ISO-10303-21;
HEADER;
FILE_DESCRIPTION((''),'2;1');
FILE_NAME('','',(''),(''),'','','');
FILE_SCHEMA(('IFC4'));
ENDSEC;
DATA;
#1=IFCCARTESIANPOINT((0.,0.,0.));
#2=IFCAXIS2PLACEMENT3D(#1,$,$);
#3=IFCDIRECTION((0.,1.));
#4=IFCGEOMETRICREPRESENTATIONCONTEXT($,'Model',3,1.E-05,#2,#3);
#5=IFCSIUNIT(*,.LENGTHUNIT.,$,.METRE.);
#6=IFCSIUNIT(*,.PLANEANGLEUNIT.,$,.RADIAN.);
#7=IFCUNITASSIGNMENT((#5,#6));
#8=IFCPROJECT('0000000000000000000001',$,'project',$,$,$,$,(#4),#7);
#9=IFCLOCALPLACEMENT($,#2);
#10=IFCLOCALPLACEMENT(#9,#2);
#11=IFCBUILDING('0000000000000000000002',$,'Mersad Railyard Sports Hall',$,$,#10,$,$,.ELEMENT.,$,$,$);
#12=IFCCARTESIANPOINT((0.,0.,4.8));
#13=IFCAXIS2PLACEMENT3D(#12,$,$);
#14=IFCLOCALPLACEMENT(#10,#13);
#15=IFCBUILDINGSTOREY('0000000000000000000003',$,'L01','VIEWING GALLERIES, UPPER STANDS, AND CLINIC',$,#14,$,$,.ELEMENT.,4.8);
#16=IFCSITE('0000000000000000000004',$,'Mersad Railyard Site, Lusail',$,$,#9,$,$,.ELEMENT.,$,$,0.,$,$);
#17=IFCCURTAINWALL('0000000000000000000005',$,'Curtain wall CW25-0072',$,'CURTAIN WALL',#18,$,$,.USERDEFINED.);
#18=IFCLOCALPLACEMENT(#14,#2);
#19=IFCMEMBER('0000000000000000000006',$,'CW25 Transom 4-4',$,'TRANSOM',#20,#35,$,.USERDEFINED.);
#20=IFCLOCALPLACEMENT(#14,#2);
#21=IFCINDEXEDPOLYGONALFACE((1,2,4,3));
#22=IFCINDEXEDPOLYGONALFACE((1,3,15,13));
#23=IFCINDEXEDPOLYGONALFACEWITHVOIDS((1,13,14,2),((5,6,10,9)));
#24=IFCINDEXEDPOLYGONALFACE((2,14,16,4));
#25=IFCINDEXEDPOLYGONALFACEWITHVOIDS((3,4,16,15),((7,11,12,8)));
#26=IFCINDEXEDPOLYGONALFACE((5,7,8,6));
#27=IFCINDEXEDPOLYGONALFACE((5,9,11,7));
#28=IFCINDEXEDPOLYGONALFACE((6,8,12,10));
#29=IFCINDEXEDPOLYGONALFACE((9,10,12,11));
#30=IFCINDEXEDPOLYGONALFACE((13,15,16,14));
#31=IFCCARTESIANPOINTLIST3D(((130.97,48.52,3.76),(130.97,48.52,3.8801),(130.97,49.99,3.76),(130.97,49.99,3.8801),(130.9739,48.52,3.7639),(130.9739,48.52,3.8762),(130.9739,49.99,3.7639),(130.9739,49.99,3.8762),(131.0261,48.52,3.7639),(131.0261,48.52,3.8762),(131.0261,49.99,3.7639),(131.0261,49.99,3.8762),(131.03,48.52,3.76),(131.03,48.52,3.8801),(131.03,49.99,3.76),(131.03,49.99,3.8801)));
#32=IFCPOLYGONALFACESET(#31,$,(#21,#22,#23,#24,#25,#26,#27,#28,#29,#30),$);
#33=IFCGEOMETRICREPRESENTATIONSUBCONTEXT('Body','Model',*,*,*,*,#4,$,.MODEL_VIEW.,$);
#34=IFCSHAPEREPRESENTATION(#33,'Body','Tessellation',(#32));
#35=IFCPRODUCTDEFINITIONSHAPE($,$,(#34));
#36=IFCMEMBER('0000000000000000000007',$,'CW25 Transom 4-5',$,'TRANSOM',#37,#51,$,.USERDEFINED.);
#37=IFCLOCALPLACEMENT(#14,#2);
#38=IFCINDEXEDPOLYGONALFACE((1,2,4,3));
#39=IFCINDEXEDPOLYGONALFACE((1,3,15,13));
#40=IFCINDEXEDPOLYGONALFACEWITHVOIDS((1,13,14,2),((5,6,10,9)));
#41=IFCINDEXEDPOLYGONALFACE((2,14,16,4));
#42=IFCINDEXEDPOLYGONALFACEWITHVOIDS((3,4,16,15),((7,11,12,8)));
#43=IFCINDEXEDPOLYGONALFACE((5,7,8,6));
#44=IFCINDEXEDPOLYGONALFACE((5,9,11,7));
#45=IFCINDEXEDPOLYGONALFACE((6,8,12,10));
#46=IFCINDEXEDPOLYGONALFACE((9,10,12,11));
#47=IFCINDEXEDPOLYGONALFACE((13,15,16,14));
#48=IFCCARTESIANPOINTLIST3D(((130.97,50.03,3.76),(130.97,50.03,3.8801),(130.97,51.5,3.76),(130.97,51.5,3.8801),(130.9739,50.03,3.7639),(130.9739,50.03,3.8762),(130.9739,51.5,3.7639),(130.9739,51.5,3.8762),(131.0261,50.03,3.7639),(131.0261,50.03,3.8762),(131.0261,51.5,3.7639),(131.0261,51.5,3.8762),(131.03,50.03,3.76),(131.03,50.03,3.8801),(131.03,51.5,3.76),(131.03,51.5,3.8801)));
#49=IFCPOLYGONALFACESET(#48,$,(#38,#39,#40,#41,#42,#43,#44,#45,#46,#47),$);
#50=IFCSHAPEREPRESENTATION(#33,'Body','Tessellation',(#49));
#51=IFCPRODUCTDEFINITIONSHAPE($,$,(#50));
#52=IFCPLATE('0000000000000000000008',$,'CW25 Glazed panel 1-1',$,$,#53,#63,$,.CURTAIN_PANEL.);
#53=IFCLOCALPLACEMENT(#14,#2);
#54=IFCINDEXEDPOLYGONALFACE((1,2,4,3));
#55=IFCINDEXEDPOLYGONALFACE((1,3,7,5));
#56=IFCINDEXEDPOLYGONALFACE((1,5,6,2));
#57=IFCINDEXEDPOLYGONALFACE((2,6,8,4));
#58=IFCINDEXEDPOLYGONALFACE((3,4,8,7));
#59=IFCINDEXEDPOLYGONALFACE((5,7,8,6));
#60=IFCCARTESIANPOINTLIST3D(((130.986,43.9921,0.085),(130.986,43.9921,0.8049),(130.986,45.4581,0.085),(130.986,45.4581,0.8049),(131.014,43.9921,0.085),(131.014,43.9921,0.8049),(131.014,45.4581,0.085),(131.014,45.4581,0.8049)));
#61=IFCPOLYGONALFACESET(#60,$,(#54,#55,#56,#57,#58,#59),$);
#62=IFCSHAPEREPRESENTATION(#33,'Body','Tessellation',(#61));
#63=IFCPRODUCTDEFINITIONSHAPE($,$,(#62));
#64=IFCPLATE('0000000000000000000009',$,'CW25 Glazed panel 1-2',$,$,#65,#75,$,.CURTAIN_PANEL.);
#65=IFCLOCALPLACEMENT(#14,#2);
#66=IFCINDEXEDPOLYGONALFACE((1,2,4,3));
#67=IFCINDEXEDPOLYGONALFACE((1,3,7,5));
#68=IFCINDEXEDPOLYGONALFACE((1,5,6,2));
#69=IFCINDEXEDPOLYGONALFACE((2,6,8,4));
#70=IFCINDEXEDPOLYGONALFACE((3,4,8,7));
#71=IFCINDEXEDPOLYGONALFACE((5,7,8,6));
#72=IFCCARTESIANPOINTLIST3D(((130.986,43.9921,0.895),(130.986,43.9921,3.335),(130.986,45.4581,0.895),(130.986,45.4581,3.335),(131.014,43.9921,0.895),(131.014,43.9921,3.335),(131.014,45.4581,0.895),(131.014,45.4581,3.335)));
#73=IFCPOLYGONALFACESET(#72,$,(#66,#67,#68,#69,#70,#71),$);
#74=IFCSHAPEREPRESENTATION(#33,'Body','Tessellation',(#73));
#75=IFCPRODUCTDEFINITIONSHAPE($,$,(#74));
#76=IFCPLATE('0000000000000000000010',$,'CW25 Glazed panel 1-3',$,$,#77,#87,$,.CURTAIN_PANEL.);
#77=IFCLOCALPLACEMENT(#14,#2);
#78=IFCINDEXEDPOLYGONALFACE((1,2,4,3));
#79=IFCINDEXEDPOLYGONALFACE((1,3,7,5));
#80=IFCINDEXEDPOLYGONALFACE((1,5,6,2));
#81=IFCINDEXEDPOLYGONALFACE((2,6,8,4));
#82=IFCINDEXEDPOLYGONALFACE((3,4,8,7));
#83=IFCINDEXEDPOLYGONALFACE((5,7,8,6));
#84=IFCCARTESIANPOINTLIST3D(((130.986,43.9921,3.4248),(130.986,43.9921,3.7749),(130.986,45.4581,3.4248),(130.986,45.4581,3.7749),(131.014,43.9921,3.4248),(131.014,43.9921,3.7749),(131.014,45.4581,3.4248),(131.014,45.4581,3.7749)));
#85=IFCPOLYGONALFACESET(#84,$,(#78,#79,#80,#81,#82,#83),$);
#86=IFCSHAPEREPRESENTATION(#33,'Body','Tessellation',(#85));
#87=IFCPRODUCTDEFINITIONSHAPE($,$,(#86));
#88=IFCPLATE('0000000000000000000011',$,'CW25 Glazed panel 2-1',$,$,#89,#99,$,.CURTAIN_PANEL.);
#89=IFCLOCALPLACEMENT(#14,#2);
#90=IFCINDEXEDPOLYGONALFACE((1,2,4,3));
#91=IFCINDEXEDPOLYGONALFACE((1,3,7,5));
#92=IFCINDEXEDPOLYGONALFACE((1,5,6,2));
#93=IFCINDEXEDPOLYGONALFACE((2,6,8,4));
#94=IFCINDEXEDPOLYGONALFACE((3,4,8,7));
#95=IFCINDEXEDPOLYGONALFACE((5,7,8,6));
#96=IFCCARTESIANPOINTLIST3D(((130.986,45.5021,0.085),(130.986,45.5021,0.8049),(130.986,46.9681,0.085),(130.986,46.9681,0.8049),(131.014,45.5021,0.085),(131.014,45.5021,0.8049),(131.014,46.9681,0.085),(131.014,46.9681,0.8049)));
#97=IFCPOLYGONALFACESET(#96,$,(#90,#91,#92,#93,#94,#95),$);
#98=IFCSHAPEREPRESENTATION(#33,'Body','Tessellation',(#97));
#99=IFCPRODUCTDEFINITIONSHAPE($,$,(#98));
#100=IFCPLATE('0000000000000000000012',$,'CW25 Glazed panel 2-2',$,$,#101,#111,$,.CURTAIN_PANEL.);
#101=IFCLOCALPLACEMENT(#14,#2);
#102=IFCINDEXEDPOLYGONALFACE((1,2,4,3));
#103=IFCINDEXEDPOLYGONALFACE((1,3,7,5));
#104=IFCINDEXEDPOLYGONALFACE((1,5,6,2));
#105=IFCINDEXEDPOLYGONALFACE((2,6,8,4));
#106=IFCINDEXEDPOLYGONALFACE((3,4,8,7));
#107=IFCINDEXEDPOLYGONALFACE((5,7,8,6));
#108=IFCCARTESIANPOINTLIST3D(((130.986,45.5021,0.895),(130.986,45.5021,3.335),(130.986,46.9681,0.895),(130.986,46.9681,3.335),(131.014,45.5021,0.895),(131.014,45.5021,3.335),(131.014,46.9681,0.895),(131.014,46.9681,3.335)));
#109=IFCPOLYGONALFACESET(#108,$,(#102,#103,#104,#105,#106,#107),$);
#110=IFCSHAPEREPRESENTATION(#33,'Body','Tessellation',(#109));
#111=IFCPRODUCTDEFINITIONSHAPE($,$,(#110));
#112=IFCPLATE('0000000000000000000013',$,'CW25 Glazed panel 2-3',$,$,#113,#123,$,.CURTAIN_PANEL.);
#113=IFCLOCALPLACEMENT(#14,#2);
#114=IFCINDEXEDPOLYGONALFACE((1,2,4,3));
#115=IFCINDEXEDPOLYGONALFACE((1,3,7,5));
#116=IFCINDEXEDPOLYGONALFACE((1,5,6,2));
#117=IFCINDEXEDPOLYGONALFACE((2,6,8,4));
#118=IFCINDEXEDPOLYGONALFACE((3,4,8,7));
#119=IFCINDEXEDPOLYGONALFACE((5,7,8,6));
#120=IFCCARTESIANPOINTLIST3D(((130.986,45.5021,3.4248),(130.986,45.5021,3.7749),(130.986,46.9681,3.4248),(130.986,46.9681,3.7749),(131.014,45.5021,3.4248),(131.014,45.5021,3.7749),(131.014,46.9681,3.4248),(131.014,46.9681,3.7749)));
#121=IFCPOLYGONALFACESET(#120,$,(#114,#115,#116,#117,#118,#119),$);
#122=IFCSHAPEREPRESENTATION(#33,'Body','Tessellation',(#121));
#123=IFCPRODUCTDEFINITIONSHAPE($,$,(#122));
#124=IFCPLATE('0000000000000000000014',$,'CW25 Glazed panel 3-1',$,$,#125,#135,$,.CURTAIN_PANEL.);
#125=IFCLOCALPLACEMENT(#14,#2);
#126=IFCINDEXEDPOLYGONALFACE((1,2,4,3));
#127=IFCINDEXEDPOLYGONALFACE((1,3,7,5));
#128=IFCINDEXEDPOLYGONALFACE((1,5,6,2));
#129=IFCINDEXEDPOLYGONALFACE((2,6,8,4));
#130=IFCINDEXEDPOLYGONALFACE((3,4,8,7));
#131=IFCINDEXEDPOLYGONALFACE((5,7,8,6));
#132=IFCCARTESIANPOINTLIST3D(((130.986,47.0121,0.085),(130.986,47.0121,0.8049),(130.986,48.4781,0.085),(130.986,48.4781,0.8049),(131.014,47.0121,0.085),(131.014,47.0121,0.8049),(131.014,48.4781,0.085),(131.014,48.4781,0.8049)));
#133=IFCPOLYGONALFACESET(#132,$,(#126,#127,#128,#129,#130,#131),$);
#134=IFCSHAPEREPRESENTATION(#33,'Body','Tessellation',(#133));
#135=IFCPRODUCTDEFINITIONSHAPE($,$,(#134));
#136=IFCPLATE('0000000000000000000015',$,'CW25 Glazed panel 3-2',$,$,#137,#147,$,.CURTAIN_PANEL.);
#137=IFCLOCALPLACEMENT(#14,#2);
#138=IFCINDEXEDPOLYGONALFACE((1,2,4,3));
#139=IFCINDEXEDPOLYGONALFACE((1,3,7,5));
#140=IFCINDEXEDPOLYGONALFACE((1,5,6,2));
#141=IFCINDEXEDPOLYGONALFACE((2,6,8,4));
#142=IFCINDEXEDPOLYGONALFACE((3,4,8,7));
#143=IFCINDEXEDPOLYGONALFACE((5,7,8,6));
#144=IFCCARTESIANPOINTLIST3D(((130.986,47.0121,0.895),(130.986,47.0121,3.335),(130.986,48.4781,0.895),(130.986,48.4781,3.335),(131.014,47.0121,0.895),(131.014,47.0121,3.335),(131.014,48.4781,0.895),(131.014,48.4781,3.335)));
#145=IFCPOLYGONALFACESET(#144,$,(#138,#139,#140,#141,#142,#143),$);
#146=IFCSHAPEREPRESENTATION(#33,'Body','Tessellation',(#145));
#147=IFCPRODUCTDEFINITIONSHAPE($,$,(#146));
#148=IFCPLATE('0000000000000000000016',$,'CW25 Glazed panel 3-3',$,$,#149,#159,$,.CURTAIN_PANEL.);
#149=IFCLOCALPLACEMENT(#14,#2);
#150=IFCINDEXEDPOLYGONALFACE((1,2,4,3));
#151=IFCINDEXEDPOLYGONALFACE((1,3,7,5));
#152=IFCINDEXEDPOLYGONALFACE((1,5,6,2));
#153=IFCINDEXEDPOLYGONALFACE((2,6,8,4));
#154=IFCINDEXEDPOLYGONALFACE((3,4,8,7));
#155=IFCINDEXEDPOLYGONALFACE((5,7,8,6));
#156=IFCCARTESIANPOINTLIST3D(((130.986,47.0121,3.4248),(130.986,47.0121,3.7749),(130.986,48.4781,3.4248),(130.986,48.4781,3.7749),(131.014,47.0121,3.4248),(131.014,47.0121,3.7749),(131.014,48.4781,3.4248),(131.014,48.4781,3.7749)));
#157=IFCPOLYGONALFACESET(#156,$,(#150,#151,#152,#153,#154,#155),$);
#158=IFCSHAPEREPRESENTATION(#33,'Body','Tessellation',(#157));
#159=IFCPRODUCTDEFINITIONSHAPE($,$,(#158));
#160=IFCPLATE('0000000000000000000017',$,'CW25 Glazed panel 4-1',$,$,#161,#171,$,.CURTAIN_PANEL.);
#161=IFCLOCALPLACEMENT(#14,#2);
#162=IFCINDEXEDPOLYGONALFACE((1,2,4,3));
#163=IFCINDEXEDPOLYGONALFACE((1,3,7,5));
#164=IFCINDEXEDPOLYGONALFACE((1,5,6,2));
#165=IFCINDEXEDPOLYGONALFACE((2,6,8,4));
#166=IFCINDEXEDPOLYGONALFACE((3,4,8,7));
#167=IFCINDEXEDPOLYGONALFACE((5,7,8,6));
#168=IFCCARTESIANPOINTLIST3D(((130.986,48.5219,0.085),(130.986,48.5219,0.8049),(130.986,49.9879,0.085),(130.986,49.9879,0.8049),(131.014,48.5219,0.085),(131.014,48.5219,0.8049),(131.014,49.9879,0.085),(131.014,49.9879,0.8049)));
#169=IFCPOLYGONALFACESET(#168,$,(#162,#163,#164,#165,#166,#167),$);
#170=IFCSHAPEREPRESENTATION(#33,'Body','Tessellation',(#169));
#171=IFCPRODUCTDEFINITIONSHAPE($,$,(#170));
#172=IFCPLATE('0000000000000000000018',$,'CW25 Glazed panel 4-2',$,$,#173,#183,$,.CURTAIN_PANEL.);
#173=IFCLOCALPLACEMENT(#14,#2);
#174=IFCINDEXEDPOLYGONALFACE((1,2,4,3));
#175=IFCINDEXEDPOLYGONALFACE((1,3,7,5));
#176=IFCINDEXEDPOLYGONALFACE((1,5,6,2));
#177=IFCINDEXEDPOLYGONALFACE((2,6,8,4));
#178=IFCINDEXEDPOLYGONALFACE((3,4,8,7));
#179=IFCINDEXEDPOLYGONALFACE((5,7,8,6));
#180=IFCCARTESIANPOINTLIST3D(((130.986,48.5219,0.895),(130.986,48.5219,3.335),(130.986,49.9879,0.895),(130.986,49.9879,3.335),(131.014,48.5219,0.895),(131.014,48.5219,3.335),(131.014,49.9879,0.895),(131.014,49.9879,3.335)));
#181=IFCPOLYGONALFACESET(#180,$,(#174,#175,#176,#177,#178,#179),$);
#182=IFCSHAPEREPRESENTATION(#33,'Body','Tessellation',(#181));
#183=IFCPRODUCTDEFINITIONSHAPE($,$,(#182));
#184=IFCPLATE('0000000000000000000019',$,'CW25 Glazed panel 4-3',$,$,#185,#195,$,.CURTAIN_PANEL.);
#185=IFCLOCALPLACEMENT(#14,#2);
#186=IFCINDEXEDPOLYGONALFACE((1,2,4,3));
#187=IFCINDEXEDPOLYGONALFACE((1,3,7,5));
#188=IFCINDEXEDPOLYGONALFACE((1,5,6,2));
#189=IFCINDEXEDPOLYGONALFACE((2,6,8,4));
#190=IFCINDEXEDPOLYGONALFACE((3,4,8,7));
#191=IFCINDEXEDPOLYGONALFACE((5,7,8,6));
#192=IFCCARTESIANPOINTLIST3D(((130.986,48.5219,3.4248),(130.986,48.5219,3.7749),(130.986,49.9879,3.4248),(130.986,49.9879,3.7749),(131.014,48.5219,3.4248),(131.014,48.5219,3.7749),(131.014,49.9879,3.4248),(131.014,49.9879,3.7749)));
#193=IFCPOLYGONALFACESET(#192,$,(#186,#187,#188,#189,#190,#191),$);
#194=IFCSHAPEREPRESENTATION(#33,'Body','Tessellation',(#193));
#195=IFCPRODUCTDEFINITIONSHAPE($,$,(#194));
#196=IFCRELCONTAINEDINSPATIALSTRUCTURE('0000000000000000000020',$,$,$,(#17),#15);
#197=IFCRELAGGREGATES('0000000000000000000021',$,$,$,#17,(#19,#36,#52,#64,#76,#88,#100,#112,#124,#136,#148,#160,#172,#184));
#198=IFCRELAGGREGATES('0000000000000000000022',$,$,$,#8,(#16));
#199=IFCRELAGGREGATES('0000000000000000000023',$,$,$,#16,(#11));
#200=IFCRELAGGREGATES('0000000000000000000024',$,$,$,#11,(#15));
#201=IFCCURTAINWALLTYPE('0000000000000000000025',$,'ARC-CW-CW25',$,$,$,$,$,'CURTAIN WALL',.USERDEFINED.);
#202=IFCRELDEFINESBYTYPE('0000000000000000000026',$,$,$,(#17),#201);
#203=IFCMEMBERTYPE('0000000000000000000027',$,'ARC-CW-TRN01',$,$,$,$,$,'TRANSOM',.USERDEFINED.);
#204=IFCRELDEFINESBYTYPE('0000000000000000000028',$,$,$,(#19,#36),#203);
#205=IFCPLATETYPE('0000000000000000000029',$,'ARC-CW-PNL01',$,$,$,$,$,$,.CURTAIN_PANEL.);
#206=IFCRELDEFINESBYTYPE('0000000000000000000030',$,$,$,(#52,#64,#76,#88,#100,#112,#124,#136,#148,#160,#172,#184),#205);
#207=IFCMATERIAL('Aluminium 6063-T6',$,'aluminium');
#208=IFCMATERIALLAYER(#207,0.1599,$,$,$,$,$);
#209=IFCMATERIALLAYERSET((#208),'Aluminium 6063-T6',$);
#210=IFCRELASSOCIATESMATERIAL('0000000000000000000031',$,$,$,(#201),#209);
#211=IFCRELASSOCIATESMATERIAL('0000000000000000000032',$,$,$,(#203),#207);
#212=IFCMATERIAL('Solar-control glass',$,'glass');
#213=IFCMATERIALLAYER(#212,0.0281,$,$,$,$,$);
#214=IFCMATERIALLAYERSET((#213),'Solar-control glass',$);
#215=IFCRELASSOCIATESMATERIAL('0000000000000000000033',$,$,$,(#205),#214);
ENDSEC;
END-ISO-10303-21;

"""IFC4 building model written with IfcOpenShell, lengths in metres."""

from ifc_helpers import new_model, si_unit, direction, frame, origin, origin_2d, place, context, subcontext, project, spatial, rectangle, hollow_rectangle, extrude, material, layer, layer_set, material_profile, profile_set, type_object, element, aggregate, save


model = new_model("IFC4")

# Units and contexts
model_context = context("Model", 3, precision=1e-05, world=origin(), true_north=direction((0.0, 1.0)))
body_context = subcontext(model_context, "Body", "Model", "MODEL_VIEW")
ifc_project = project(units=[si_unit("LENGTHUNIT", "METRE"), si_unit("PLANEANGLEUNIT", "RADIAN")], contexts=[model_context])

# Site, building, storey
site_placement = place(None, origin())
site = spatial("IfcSite", under=ifc_project, at=site_placement, Name="Mersad Railyard Site, Lusail", CompositionType="ELEMENT", RefElevation=0.0)
building_placement = place(site_placement, origin())
building = spatial("IfcBuilding", under=site, at=building_placement, Name="Mersad Railyard Sports Hall", CompositionType="ELEMENT")
storey_placement = place(building_placement, frame((0.0, 0.0, 4.8)))
storey = spatial("IfcBuildingStorey", under=building, at=storey_placement, Name="L01", Description="VIEWING GALLERIES, UPPER STANDS, AND CLINIC", CompositionType="ELEMENT", Elevation=4.8)

# Curtain wall, members, plates
ifc_material_1 = material(Name="Aluminium 6063-T6", Category="aluminium")
ifc_layer_1 = layer(ifc_material_1, 0.1599)
ifc_layer_set_1 = layer_set([ifc_layer_1], Name="Aluminium 6063-T6")
curtain_wall_type = type_object("IfcCurtainWallType", Name="ARC-CW-CW25", ElementType="CURTAIN WALL", PredefinedType="USERDEFINED", material=ifc_layer_set_1)
curtain_wall_placement = place(storey_placement, origin())
curtain_wall = element("IfcCurtainWall", 1, at=curtain_wall_placement, inside=storey, type_object=curtain_wall_type, Name="Curtain wall CW25-0072", ObjectType="CURTAIN WALL", PredefinedType="USERDEFINED")
ifc_material_profile_1 = material_profile(ifc_material_1, hollow_rectangle(XDim=0.0601, YDim=0.1201, WallThickness=0.0039, at=origin_2d()), Name="AL TRANSOM 60x120x4")
ifc_profile_set_1 = profile_set([ifc_material_profile_1], Name="Aluminium 6063-T6")
member_type_1 = type_object("IfcMemberType", Name="ARC-CW-TRN01", ElementType="TRANSOM", PredefinedType="USERDEFINED", material=ifc_profile_set_1)
member_1_placement = place(storey_placement, frame((131.0, 48.52, 3.8201), z_axis=(0.0, 1.0, 0.0), x_axis=(-1.0, 0.0, 0.0)))
member_1 = element("IfcMember", 2, at=member_1_placement, type_object=member_type_1, Name="CW25 Transom 4-4", ObjectType="TRANSOM", PredefinedType="USERDEFINED", context=body_context, shape_type="SweptSolid", body=[
    extrude(hollow_rectangle(XDim=0.0601, YDim=0.1201, WallThickness=0.0039, at=origin_2d()), origin(), (0.0, 0.0, 1.0), 1.47),
])
member_2_placement = place(storey_placement, frame((131.0, 50.03, 3.8201), z_axis=(0.0, 1.0, 0.0), x_axis=(-1.0, 0.0, 0.0)))
member_2 = element("IfcMember", 3, at=member_2_placement, type_object=member_type_1, Name="CW25 Transom 4-5", ObjectType="TRANSOM", PredefinedType="USERDEFINED", context=body_context, shape_type="SweptSolid", body=[
    extrude(hollow_rectangle(XDim=0.0601, YDim=0.1201, WallThickness=0.0039, at=origin_2d()), origin(), (0.0, 0.0, 1.0), 1.47),
])
ifc_material_2 = material(Name="Solar-control glass", Category="glass")
ifc_layer_2 = layer(ifc_material_2, 0.0281)
ifc_layer_set_2 = layer_set([ifc_layer_2], Name="Solar-control glass")
plate_type = type_object("IfcPlateType", Name="ARC-CW-PNL01", PredefinedType="CURTAIN_PANEL", material=ifc_layer_set_2)
plate_1_placement = place(storey_placement, frame((131.0, 44.7251, 0.085), z_axis=(0.0, 0.0, 1.0), x_axis=(0.0, 1.0, 0.0)))
plate_1 = element("IfcPlate", 4, at=plate_1_placement, type_object=plate_type, Name="CW25 Glazed panel 1-1", PredefinedType="CURTAIN_PANEL", context=body_context, shape_type="SweptSolid", body=[
    extrude(rectangle(XDim=1.4661, YDim=0.0281, at=origin_2d()), origin(), (0.0, 0.0, 1.0), 0.72),
])
plate_2_placement = place(storey_placement, frame((131.0, 44.7251, 0.895), z_axis=(0.0, 0.0, 1.0), x_axis=(0.0, 1.0, 0.0)))
plate_2 = element("IfcPlate", 5, at=plate_2_placement, type_object=plate_type, Name="CW25 Glazed panel 1-2", PredefinedType="CURTAIN_PANEL", context=body_context, shape_type="SweptSolid", body=[
    extrude(rectangle(XDim=1.4661, YDim=0.0281, at=origin_2d()), origin(), (0.0, 0.0, 1.0), 2.4399),
])
plate_3_placement = place(storey_placement, frame((131.0, 44.7251, 3.4248), z_axis=(0.0, 0.0, 1.0), x_axis=(0.0, 1.0, 0.0)))
plate_3 = element("IfcPlate", 6, at=plate_3_placement, type_object=plate_type, Name="CW25 Glazed panel 1-3", PredefinedType="CURTAIN_PANEL", context=body_context, shape_type="SweptSolid", body=[
    extrude(rectangle(XDim=1.4661, YDim=0.0281, at=origin_2d()), origin(), (0.0, 0.0, 1.0), 0.3501),
])
plate_4_placement = place(storey_placement, frame((131.0, 46.2351, 0.085), z_axis=(0.0, 0.0, 1.0), x_axis=(0.0, 1.0, 0.0)))
plate_4 = element("IfcPlate", 7, at=plate_4_placement, type_object=plate_type, Name="CW25 Glazed panel 2-1", PredefinedType="CURTAIN_PANEL", context=body_context, shape_type="SweptSolid", body=[
    extrude(rectangle(XDim=1.4661, YDim=0.0281, at=origin_2d()), origin(), (0.0, 0.0, 1.0), 0.72),
])
plate_5_placement = place(storey_placement, frame((131.0, 46.2351, 0.895), z_axis=(0.0, 0.0, 1.0), x_axis=(0.0, 1.0, 0.0)))
plate_5 = element("IfcPlate", 8, at=plate_5_placement, type_object=plate_type, Name="CW25 Glazed panel 2-2", PredefinedType="CURTAIN_PANEL", context=body_context, shape_type="SweptSolid", body=[
    extrude(rectangle(XDim=1.4661, YDim=0.0281, at=origin_2d()), origin(), (0.0, 0.0, 1.0), 2.4399),
])
plate_6_placement = place(storey_placement, frame((131.0, 46.2351, 3.4248), z_axis=(0.0, 0.0, 1.0), x_axis=(0.0, 1.0, 0.0)))
plate_6 = element("IfcPlate", 9, at=plate_6_placement, type_object=plate_type, Name="CW25 Glazed panel 2-3", PredefinedType="CURTAIN_PANEL", context=body_context, shape_type="SweptSolid", body=[
    extrude(rectangle(XDim=1.4661, YDim=0.0281, at=origin_2d()), origin(), (0.0, 0.0, 1.0), 0.3501),
])
plate_7_placement = place(storey_placement, frame((131.0, 47.7451, 0.085), z_axis=(0.0, 0.0, 1.0), x_axis=(0.0, 1.0, 0.0)))
plate_7 = element("IfcPlate", 10, at=plate_7_placement, type_object=plate_type, Name="CW25 Glazed panel 3-1", PredefinedType="CURTAIN_PANEL", context=body_context, shape_type="SweptSolid", body=[
    extrude(rectangle(XDim=1.4661, YDim=0.0281, at=origin_2d()), origin(), (0.0, 0.0, 1.0), 0.72),
])
plate_8_placement = place(storey_placement, frame((131.0, 47.7451, 0.895), z_axis=(0.0, 0.0, 1.0), x_axis=(0.0, 1.0, 0.0)))
plate_8 = element("IfcPlate", 11, at=plate_8_placement, type_object=plate_type, Name="CW25 Glazed panel 3-2", PredefinedType="CURTAIN_PANEL", context=body_context, shape_type="SweptSolid", body=[
    extrude(rectangle(XDim=1.4661, YDim=0.0281, at=origin_2d()), origin(), (0.0, 0.0, 1.0), 2.4399),
])
plate_9_placement = place(storey_placement, frame((131.0, 47.7451, 3.4248), z_axis=(0.0, 0.0, 1.0), x_axis=(0.0, 1.0, 0.0)))
plate_9 = element("IfcPlate", 12, at=plate_9_placement, type_object=plate_type, Name="CW25 Glazed panel 3-3", PredefinedType="CURTAIN_PANEL", context=body_context, shape_type="SweptSolid", body=[
    extrude(rectangle(XDim=1.4661, YDim=0.0281, at=origin_2d()), origin(), (0.0, 0.0, 1.0), 0.3501),
])
plate_10_placement = place(storey_placement, frame((131.0, 49.2549, 0.085), z_axis=(0.0, 0.0, 1.0), x_axis=(0.0, 1.0, 0.0)))
plate_10 = element("IfcPlate", 13, at=plate_10_placement, type_object=plate_type, Name="CW25 Glazed panel 4-1", PredefinedType="CURTAIN_PANEL", context=body_context, shape_type="SweptSolid", body=[
    extrude(rectangle(XDim=1.4661, YDim=0.0281, at=origin_2d()), origin(), (0.0, 0.0, 1.0), 0.72),
])
plate_11_placement = place(storey_placement, frame((131.0, 49.2549, 0.895), z_axis=(0.0, 0.0, 1.0), x_axis=(0.0, 1.0, 0.0)))
plate_11 = element("IfcPlate", 14, at=plate_11_placement, type_object=plate_type, Name="CW25 Glazed panel 4-2", PredefinedType="CURTAIN_PANEL", context=body_context, shape_type="SweptSolid", body=[
    extrude(rectangle(XDim=1.4661, YDim=0.0281, at=origin_2d()), origin(), (0.0, 0.0, 1.0), 2.4399),
])
plate_12_placement = place(storey_placement, frame((131.0, 49.2549, 3.4248), z_axis=(0.0, 0.0, 1.0), x_axis=(0.0, 1.0, 0.0)))
plate_12 = element("IfcPlate", 15, at=plate_12_placement, type_object=plate_type, Name="CW25 Glazed panel 4-3", PredefinedType="CURTAIN_PANEL", context=body_context, shape_type="SweptSolid", body=[
    extrude(rectangle(XDim=1.4661, YDim=0.0281, at=origin_2d()), origin(), (0.0, 0.0, 1.0), 0.3501),
])
aggregate(curtain_wall, [member_1, member_2, plate_1, plate_2, plate_3, plate_4, plate_5, plate_6, plate_7, plate_8, plate_9, plate_10, plate_11, plate_12])

save(model, "model.ifc")
